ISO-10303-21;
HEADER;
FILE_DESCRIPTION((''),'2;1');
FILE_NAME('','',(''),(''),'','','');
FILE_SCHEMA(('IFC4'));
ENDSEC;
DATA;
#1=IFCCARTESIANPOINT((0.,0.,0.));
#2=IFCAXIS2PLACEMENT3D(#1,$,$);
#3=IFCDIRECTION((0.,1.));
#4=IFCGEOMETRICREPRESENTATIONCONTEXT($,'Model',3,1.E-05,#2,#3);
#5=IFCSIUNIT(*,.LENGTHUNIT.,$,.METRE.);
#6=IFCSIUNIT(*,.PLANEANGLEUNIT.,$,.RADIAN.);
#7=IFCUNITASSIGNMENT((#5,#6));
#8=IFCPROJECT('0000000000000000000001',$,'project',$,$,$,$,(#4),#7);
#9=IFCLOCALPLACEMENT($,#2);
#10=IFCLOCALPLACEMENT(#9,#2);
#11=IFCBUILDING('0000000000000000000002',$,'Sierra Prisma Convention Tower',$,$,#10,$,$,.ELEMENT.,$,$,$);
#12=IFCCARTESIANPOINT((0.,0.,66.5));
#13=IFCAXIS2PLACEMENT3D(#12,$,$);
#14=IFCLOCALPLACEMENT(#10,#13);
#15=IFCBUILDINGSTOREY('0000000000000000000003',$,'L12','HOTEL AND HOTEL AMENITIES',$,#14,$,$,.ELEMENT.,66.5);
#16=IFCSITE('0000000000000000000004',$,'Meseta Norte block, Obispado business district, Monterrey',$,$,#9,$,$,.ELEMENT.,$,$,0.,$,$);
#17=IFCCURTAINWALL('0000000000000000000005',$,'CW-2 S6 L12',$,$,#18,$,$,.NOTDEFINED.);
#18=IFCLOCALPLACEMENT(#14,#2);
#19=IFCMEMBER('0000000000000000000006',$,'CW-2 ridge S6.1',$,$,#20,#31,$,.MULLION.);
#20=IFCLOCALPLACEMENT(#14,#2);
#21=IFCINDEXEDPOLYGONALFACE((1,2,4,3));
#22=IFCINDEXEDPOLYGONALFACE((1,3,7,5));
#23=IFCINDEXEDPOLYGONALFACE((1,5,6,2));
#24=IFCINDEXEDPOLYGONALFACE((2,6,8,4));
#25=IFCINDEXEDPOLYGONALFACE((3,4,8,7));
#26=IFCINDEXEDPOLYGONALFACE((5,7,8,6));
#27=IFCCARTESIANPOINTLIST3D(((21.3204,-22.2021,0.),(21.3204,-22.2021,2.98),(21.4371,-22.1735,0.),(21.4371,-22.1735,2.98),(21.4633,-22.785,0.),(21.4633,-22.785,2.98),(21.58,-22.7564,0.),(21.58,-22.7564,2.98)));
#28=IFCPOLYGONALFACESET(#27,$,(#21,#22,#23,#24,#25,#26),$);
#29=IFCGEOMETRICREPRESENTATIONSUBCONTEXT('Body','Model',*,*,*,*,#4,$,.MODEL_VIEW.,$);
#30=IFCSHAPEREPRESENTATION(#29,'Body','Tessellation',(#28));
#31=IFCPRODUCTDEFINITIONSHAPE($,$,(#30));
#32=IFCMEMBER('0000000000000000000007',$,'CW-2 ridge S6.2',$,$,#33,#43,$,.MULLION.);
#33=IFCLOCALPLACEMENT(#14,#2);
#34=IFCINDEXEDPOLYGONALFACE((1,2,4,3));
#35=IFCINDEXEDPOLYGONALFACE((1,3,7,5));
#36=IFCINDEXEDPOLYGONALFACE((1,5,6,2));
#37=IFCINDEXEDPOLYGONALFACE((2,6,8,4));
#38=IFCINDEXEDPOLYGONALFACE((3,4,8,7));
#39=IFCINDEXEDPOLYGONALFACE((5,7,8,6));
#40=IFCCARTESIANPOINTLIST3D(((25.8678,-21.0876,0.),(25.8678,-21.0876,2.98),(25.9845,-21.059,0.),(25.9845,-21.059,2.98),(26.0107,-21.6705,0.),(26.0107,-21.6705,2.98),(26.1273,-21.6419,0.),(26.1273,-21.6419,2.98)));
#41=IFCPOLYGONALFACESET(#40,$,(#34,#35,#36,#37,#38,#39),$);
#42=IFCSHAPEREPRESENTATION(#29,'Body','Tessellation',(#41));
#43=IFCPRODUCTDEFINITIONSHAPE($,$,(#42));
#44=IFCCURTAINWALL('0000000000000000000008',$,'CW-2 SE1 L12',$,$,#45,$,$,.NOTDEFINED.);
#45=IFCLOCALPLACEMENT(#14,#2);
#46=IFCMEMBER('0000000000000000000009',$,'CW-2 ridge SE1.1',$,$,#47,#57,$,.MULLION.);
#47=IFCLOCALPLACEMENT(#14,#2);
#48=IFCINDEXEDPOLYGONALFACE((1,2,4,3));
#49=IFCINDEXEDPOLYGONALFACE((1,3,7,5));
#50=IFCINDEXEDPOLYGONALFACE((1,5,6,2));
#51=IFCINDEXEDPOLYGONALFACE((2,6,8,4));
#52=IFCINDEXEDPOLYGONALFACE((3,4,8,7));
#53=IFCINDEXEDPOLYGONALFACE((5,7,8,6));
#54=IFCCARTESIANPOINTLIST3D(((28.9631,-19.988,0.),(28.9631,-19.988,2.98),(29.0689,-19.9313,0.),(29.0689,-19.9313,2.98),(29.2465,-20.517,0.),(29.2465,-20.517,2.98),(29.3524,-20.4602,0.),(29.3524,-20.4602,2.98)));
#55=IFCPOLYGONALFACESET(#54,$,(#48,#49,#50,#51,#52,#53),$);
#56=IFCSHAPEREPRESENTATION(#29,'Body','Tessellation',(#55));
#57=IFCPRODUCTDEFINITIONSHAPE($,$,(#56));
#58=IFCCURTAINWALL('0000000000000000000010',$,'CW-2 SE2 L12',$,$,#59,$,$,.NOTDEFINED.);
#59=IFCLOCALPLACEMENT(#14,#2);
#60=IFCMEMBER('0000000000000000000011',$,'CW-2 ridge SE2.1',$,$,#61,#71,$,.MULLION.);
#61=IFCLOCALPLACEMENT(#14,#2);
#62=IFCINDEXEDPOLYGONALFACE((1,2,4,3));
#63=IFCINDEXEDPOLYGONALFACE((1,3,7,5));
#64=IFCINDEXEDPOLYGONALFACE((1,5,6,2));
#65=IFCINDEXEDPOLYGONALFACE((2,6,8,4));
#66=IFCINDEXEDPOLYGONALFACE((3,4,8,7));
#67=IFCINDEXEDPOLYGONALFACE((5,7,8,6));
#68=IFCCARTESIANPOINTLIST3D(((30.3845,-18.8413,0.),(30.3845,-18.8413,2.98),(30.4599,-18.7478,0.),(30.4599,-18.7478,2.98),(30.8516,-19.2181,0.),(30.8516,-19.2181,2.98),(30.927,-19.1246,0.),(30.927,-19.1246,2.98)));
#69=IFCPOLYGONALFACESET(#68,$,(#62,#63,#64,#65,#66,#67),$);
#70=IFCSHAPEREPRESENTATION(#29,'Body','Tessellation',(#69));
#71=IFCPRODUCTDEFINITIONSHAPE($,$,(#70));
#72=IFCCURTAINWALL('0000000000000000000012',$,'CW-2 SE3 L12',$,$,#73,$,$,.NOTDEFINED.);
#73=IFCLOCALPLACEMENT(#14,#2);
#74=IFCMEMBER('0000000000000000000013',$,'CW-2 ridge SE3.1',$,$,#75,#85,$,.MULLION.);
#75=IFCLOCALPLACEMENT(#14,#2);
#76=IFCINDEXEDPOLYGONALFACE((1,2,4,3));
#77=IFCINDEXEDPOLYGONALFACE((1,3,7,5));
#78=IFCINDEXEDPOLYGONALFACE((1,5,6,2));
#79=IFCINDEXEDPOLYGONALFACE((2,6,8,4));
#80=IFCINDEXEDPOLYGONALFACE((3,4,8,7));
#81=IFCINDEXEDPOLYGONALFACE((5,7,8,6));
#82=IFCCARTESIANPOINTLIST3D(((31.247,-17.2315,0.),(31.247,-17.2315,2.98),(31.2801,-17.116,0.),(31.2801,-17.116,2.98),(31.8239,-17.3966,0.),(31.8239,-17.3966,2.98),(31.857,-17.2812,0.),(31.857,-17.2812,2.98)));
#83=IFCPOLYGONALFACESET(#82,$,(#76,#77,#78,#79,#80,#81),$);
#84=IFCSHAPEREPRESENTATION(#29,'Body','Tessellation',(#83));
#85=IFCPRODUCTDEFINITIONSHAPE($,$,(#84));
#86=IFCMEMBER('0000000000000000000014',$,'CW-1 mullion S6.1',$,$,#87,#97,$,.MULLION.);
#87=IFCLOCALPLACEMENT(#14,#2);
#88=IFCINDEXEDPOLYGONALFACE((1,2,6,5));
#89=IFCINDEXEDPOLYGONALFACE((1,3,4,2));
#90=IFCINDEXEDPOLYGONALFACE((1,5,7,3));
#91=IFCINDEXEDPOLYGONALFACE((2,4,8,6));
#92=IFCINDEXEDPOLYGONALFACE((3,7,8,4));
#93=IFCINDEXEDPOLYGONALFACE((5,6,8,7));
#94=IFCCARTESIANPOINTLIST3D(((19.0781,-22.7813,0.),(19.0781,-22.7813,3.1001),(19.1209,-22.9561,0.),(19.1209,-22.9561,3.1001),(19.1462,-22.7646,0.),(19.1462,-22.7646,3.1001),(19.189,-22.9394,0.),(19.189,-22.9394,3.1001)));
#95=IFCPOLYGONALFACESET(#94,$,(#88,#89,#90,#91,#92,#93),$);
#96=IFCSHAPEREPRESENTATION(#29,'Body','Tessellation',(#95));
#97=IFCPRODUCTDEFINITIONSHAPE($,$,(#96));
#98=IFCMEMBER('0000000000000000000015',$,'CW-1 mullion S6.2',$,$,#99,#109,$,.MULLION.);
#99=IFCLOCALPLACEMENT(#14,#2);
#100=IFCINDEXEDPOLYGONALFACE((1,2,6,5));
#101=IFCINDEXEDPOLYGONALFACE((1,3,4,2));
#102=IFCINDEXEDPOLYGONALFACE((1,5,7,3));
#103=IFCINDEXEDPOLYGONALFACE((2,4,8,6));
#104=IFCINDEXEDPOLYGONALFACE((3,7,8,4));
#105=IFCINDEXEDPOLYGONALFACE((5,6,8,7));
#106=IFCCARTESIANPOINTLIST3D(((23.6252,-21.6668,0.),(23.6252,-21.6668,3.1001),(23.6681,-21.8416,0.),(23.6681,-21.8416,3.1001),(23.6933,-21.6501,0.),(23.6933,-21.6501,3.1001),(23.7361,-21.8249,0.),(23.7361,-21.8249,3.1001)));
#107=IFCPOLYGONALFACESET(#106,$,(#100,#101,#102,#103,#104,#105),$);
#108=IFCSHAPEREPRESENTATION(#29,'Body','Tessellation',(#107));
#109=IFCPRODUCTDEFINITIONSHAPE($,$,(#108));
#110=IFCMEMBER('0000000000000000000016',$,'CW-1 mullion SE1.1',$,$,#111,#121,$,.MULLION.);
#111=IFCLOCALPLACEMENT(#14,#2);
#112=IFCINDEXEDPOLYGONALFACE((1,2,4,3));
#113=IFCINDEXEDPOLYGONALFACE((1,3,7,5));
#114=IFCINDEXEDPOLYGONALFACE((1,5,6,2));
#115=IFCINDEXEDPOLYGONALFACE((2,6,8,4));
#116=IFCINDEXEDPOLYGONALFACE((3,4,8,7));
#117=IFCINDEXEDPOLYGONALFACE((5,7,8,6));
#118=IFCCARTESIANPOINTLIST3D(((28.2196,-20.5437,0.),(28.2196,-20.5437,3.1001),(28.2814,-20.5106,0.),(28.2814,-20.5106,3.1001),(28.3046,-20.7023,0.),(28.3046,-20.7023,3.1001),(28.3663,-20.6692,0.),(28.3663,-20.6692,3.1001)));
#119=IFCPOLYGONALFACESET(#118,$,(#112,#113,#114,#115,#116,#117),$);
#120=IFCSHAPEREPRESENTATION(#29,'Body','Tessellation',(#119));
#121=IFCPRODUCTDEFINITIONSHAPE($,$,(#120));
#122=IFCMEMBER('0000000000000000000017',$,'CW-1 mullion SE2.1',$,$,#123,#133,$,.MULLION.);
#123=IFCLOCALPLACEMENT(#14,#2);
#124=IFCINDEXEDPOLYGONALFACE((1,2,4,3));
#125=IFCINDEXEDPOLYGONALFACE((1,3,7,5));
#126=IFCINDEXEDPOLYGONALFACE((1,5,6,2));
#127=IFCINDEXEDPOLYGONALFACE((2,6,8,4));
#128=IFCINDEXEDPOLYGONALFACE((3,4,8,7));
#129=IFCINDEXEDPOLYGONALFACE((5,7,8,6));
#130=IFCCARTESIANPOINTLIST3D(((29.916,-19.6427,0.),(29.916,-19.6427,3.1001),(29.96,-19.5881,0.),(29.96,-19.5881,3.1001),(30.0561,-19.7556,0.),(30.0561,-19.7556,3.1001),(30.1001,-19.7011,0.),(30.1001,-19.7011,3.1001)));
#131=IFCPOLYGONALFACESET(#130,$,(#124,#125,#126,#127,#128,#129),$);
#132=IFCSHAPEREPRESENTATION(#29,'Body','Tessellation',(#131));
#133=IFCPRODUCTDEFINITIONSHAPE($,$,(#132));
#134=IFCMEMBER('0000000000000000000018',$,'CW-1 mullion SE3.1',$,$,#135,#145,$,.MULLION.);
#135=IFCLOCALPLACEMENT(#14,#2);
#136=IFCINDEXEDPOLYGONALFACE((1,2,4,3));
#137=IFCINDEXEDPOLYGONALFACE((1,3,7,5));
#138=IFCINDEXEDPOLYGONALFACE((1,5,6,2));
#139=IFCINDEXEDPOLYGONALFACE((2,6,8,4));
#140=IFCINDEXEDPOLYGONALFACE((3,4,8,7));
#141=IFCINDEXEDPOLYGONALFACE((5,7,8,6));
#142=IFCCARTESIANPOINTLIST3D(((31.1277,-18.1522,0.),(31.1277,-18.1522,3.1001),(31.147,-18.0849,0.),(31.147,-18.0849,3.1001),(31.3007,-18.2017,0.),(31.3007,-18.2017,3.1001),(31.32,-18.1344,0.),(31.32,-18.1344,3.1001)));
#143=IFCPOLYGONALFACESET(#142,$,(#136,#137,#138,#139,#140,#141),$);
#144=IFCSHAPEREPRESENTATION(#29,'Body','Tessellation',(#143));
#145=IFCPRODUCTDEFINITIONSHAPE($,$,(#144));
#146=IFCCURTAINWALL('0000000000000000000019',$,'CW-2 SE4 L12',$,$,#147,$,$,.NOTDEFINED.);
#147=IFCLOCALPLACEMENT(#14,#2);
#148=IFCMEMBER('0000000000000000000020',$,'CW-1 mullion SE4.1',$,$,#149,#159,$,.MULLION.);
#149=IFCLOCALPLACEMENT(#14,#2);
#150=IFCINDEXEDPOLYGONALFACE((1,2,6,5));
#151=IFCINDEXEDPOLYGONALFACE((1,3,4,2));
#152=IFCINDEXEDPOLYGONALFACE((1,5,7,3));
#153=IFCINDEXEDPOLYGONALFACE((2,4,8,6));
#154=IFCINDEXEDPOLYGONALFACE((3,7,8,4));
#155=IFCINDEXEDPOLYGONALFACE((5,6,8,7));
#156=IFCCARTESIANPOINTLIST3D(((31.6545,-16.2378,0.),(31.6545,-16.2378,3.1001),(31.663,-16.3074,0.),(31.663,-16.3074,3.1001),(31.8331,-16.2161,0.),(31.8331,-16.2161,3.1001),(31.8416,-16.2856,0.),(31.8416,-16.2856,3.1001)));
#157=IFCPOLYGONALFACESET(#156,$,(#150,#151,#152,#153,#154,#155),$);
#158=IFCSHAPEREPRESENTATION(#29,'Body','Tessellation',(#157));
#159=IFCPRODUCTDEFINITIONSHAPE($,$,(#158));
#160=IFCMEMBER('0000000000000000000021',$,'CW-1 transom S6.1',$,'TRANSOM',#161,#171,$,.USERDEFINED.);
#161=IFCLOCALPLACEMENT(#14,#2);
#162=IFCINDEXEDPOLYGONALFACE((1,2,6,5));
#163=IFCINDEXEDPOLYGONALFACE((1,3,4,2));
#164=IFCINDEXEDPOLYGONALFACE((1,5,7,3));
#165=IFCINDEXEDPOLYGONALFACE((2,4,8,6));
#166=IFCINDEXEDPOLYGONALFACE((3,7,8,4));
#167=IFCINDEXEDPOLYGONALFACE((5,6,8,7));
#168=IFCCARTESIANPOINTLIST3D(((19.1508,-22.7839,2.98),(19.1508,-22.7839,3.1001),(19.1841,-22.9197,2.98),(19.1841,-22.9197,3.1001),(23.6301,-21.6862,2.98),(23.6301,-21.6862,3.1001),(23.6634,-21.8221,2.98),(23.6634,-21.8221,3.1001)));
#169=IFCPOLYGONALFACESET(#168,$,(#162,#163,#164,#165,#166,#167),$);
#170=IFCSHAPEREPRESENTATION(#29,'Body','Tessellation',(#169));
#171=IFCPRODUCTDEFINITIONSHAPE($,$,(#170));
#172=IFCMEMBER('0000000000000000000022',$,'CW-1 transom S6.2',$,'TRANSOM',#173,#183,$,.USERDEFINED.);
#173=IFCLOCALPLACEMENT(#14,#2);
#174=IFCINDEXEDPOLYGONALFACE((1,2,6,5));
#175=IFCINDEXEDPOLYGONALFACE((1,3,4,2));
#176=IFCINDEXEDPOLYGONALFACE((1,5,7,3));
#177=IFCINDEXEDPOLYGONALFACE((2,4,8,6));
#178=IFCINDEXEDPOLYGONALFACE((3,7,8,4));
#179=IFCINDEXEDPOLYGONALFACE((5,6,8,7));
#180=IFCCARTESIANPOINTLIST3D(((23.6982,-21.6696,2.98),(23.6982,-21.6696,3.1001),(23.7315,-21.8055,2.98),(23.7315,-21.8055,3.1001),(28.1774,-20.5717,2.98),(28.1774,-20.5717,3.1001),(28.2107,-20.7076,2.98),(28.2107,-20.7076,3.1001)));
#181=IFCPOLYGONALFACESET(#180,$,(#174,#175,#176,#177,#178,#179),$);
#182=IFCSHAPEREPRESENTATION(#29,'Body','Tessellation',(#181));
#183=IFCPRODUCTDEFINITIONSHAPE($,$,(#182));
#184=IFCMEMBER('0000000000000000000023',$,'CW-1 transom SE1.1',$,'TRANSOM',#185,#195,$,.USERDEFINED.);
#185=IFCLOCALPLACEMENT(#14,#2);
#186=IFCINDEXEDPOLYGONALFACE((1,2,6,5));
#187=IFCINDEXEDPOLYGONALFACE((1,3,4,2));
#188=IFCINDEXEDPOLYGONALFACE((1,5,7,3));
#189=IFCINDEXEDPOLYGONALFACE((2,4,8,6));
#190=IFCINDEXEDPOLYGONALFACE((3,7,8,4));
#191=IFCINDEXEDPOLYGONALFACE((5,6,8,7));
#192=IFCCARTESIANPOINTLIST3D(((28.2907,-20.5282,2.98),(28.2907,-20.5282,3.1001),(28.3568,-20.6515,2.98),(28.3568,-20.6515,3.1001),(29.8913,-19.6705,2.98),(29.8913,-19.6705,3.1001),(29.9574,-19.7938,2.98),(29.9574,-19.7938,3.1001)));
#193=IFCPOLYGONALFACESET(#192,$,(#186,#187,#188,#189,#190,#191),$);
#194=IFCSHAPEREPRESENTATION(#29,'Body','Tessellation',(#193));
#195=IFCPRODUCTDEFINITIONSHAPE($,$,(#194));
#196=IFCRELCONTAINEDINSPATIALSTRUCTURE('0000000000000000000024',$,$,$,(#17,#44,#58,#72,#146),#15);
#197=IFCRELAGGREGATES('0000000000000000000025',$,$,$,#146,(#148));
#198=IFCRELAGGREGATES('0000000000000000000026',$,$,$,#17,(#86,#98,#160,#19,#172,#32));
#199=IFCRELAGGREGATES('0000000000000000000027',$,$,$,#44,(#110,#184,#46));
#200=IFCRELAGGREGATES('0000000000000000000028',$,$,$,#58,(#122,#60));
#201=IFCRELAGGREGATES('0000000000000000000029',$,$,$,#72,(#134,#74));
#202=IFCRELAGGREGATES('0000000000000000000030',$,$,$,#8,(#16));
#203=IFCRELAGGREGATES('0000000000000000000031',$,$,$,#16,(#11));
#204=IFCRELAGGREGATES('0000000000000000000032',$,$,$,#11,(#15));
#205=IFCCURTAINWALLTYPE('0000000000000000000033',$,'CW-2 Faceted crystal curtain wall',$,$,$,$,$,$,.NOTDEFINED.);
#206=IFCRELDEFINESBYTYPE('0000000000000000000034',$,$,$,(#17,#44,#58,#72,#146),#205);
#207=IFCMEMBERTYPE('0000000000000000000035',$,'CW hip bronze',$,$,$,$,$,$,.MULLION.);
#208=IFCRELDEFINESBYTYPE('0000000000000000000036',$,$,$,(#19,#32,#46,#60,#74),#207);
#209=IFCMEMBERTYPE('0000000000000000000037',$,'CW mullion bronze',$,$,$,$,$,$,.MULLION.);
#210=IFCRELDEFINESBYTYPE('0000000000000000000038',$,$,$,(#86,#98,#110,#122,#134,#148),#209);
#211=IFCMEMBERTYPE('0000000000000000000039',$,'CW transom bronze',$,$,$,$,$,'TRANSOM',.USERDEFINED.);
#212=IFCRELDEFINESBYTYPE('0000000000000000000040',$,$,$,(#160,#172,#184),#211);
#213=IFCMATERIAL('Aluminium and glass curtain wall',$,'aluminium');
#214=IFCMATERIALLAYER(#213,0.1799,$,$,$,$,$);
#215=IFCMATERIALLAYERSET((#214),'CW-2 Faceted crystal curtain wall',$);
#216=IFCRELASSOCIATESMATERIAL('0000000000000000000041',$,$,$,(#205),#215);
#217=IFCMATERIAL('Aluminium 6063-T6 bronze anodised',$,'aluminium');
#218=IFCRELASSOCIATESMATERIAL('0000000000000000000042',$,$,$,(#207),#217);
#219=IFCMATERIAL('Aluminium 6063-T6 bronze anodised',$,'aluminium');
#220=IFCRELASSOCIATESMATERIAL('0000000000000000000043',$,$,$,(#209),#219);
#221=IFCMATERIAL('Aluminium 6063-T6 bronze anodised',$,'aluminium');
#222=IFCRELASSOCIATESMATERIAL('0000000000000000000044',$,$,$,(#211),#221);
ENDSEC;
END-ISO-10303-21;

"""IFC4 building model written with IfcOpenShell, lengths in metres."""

from ifc_helpers import new_model, si_unit, direction, frame, origin, origin_2d, place, context, subcontext, project, spatial, rectangle, extrude, material, layer, layer_set, material_profile, profile_set, type_object, element, aggregate, save


model = new_model("IFC4")

# Units and contexts
model_context = context("Model", 3, precision=1e-05, world=origin(), true_north=direction((0.0, 1.0)))
body_context = subcontext(model_context, "Body", "Model", "MODEL_VIEW")
ifc_project = project(units=[si_unit("LENGTHUNIT", "METRE"), si_unit("PLANEANGLEUNIT", "RADIAN")], contexts=[model_context])

# Site, building, storey
site_placement = place(None, origin())
site = spatial("IfcSite", under=ifc_project, at=site_placement, Name="Meseta Norte block, Obispado business district, Monterrey", CompositionType="ELEMENT", RefElevation=0.0)
building_placement = place(site_placement, origin())
building = spatial("IfcBuilding", under=site, at=building_placement, Name="Sierra Prisma Convention Tower", CompositionType="ELEMENT")
storey_placement = place(building_placement, frame((0.0, 0.0, 66.5)))
storey = spatial("IfcBuildingStorey", under=building, at=storey_placement, Name="L12", Description="HOTEL AND HOTEL AMENITIES", CompositionType="ELEMENT", Elevation=66.5)

# Curtain wall, members
ifc_material_1 = material(Name="Aluminium and glass curtain wall", Category="aluminium")
ifc_layer_1 = layer(ifc_material_1, 0.1799)
ifc_layer_set_1 = layer_set([ifc_layer_1], Name="CW-2 Faceted crystal curtain wall")
curtain_wall_type = type_object("IfcCurtainWallType", Name="CW-2 Faceted crystal curtain wall", PredefinedType="NOTDEFINED", material=ifc_layer_set_1)
curtain_wall_1_placement = place(storey_placement, origin())
curtain_wall_1 = element("IfcCurtainWall", 1, at=curtain_wall_1_placement, inside=storey, type_object=curtain_wall_type, Name="CW-2 S6 L12", PredefinedType="NOTDEFINED")
ifc_material_2 = material(Name="Aluminium 6063-T6 bronze anodised", Category="aluminium")
ifc_material_profile_1 = material_profile(ifc_material_2, rectangle(XDim=0.1201, YDim=0.6001, at=origin_2d()), Name="ALU RIDGE BLADE 120x600")
ifc_profile_set_1 = profile_set([ifc_material_profile_1], Name="Aluminium 6063-T6 bronze anodised")
member_type_1 = type_object("IfcMemberType", Name="CW hip bronze", PredefinedType="MULLION", material=ifc_profile_set_1)
member_1_placement = place(storey_placement, frame((21.4502, -22.4792, 0.0), z_axis=(0.0, 0.0, 1.0), x_axis=(0.971255, 0.238042, 0.0)))
member_1 = element("IfcMember", 2, at=member_1_placement, type_object=member_type_1, Name="CW-2 ridge S6.1", PredefinedType="MULLION", context=body_context, shape_type="SweptSolid", body=[
    extrude(rectangle(XDim=0.1201, YDim=0.6001, at=origin_2d()), origin(), (0.0, 0.0, 1.0), 2.98),
])
member_2_placement = place(storey_placement, frame((25.9976, -21.3647, 0.0), z_axis=(0.0, 0.0, 1.0), x_axis=(0.971255, 0.238042, 0.0)))
member_2 = element("IfcMember", 3, at=member_2_placement, type_object=member_type_1, Name="CW-2 ridge S6.2", PredefinedType="MULLION", context=body_context, shape_type="SweptSolid", body=[
    extrude(rectangle(XDim=0.1201, YDim=0.6001, at=origin_2d()), origin(), (0.0, 0.0, 1.0), 2.98),
])

# Curtain walls, members
curtain_wall_2_placement = place(storey_placement, origin())
curtain_wall_2 = element("IfcCurtainWall", 4, at=curtain_wall_2_placement, inside=storey, type_object=curtain_wall_type, Name="CW-2 SE1 L12", PredefinedType="NOTDEFINED")
member_3_placement = place(storey_placement, frame((29.1577, -20.2241, 0.0), z_axis=(0.0, 0.0, 1.0), x_axis=(0.881454, 0.47227, 0.0)))
member_3 = element("IfcMember", 5, at=member_3_placement, type_object=member_type_1, Name="CW-2 ridge SE1.1", PredefinedType="MULLION", context=body_context, shape_type="SweptSolid", body=[
    extrude(rectangle(XDim=0.1201, YDim=0.6001, at=origin_2d()), origin(), (0.0, 0.0, 1.0), 2.98),
])
curtain_wall_3_placement = place(storey_placement, origin())
curtain_wall_3 = element("IfcCurtainWall", 6, at=curtain_wall_3_placement, inside=storey, type_object=curtain_wall_type, Name="CW-2 SE2 L12", PredefinedType="NOTDEFINED")
member_4_placement = place(storey_placement, frame((30.6558, -18.9829, 0.0), z_axis=(0.0, 0.0, 1.0), x_axis=(0.627892, 0.778301, 0.0)))
member_4 = element("IfcMember", 7, at=member_4_placement, type_object=member_type_1, Name="CW-2 ridge SE2.1", PredefinedType="MULLION", context=body_context, shape_type="SweptSolid", body=[
    extrude(rectangle(XDim=0.1201, YDim=0.6001, at=origin_2d()), origin(), (0.0, 0.0, 1.0), 2.98),
])
curtain_wall_4_placement = place(storey_placement, origin())
curtain_wall_4 = element("IfcCurtainWall", 8, at=curtain_wall_4_placement, inside=storey, type_object=curtain_wall_type, Name="CW-2 SE3 L12", PredefinedType="NOTDEFINED")
member_5_placement = place(storey_placement, frame((31.552, -17.2563, 0.0), z_axis=(0.0, 0.0, 1.0), x_axis=(0.275154, 0.9614, 0.0)))
member_5 = element("IfcMember", 9, at=member_5_placement, type_object=member_type_1, Name="CW-2 ridge SE3.1", PredefinedType="MULLION", context=body_context, shape_type="SweptSolid", body=[
    extrude(rectangle(XDim=0.1201, YDim=0.6001, at=origin_2d()), origin(), (0.0, 0.0, 1.0), 2.98),
])

# Members
ifc_material_3 = material(Name="Aluminium 6063-T6 bronze anodised", Category="aluminium")
ifc_material_profile_2 = material_profile(ifc_material_3, rectangle(XDim=0.1799, YDim=0.0701, at=origin_2d()), Name="ALU MULLION 70x180")
ifc_profile_set_2 = profile_set([ifc_material_profile_2], Name="Aluminium 6063-T6 bronze anodised")
member_type_2 = type_object("IfcMemberType", Name="CW mullion bronze", PredefinedType="MULLION", material=ifc_profile_set_2)
member_6_placement = place(storey_placement, frame((19.1335, -22.8604, 0.0), z_axis=(0.0, 0.0, 1.0), x_axis=(-0.238042, 0.971255, 0.0)))
member_6 = element("IfcMember", 10, at=member_6_placement, type_object=member_type_2, Name="CW-1 mullion S6.1", PredefinedType="MULLION", context=body_context, shape_type="SweptSolid", body=[
    extrude(rectangle(XDim=0.1799, YDim=0.0701, at=origin_2d()), origin(), (0.0, 0.0, 1.0), 3.1001),
])
member_7_placement = place(storey_placement, frame((23.6807, -21.7458, 0.0), z_axis=(0.0, 0.0, 1.0), x_axis=(-0.238042, 0.971255, 0.0)))
member_7 = element("IfcMember", 11, at=member_7_placement, type_object=member_type_2, Name="CW-1 mullion S6.2", PredefinedType="MULLION", context=body_context, shape_type="SweptSolid", body=[
    extrude(rectangle(XDim=0.1799, YDim=0.0701, at=origin_2d()), origin(), (0.0, 0.0, 1.0), 3.1001),
])
member_8_placement = place(storey_placement, frame((28.293, -20.6064, 0.0), z_axis=(0.0, 0.0, 1.0), x_axis=(-0.47227, 0.881454, 0.0)))
member_8 = element("IfcMember", 12, at=member_8_placement, type_object=member_type_2, Name="CW-1 mullion SE1.1", PredefinedType="MULLION", context=body_context, shape_type="SweptSolid", body=[
    extrude(rectangle(XDim=0.1799, YDim=0.0701, at=origin_2d()), origin(), (0.0, 0.0, 1.0), 3.1001),
])
member_9_placement = place(storey_placement, frame((30.0081, -19.6719, 0.0), z_axis=(0.0, 0.0, 1.0), x_axis=(-0.778301, 0.627892, 0.0)))
member_9 = element("IfcMember", 13, at=member_9_placement, type_object=member_type_2, Name="CW-1 mullion SE2.1", PredefinedType="MULLION", context=body_context, shape_type="SweptSolid", body=[
    extrude(rectangle(XDim=0.1799, YDim=0.0701, at=origin_2d()), origin(), (0.0, 0.0, 1.0), 3.1001),
])
member_10_placement = place(storey_placement, frame((31.2239, -18.1433, 0.0), z_axis=(0.0, 0.0, 1.0), x_axis=(-0.9614, 0.275154, 0.0)))
member_10 = element("IfcMember", 14, at=member_10_placement, type_object=member_type_2, Name="CW-1 mullion SE3.1", PredefinedType="MULLION", context=body_context, shape_type="SweptSolid", body=[
    extrude(rectangle(XDim=0.1799, YDim=0.0701, at=origin_2d()), origin(), (0.0, 0.0, 1.0), 3.1001),
])

# Curtain wall, member
curtain_wall_5_placement = place(storey_placement, origin())
curtain_wall_5 = element("IfcCurtainWall", 15, at=curtain_wall_5_placement, inside=storey, type_object=curtain_wall_type, Name="CW-2 SE4 L12", PredefinedType="NOTDEFINED")
member_11_placement = place(storey_placement, frame((31.748, -16.2617, 0.0), z_axis=(0.0, 0.0, 1.0), x_axis=(-0.992647, -0.121043, 0.0)))
member_11 = element("IfcMember", 16, at=member_11_placement, type_object=member_type_2, Name="CW-1 mullion SE4.1", PredefinedType="MULLION", context=body_context, shape_type="SweptSolid", body=[
    extrude(rectangle(XDim=0.1799, YDim=0.0701, at=origin_2d()), origin(), (0.0, 0.0, 1.0), 3.1001),
])
aggregate(curtain_wall_5, [member_11])

# Members
ifc_material_4 = material(Name="Aluminium 6063-T6 bronze anodised", Category="aluminium")
ifc_material_profile_3 = material_profile(ifc_material_4, rectangle(XDim=0.1399, YDim=0.1201, at=origin_2d()), Name="ALU TRANSOM 120x140")
ifc_profile_set_3 = profile_set([ifc_material_profile_3], Name="Aluminium 6063-T6 bronze anodised")
member_type_3 = type_object("IfcMemberType", Name="CW transom bronze", ElementType="TRANSOM", PredefinedType="USERDEFINED", material=ifc_profile_set_3)
member_12_placement = place(storey_placement, frame((19.1675, -22.8518, 3.04), z_axis=(0.971262, 0.238011, 0.0), x_axis=(-0.238011, 0.971262, 0.0)))
member_12 = element("IfcMember", 17, at=member_12_placement, type_object=member_type_3, Name="CW-1 transom S6.1", ObjectType="TRANSOM", PredefinedType="USERDEFINED", context=body_context, shape_type="SweptSolid", body=[
    extrude(rectangle(XDim=0.1399, YDim=0.1201, at=origin_2d()), origin(), (0.0, 0.0, 1.0), 4.6118),
])
member_13_placement = place(storey_placement, frame((23.7148, -21.7375, 3.04), z_axis=(0.97125, 0.238061, 0.0), x_axis=(-0.238061, 0.97125, 0.0)))
member_13 = element("IfcMember", 18, at=member_13_placement, type_object=member_type_3, Name="CW-1 transom S6.2", ObjectType="TRANSOM", PredefinedType="USERDEFINED", context=body_context, shape_type="SweptSolid", body=[
    extrude(rectangle(XDim=0.1399, YDim=0.1201, at=origin_2d()), origin(), (0.0, 0.0, 1.0), 4.6118),
])
member_14_placement = place(storey_placement, frame((28.3237, -20.5898, 3.04), z_axis=(0.881432, 0.472311, 0.0), x_axis=(-0.472311, 0.881432, 0.0)))
member_14 = element("IfcMember", 19, at=member_14_placement, type_object=member_type_3, Name="CW-1 transom SE1.1", ObjectType="TRANSOM", PredefinedType="USERDEFINED", context=body_context, shape_type="SweptSolid", body=[
    extrude(rectangle(XDim=0.1399, YDim=0.1201, at=origin_2d()), origin(), (0.0, 0.0, 1.0), 1.8159),
])

aggregate(curtain_wall_1, [member_6, member_7, member_12, member_1, member_13, member_2])
aggregate(curtain_wall_2, [member_8, member_14, member_3])
aggregate(curtain_wall_3, [member_9, member_4])
aggregate(curtain_wall_4, [member_10, member_5])

save(model, "model.ifc")
